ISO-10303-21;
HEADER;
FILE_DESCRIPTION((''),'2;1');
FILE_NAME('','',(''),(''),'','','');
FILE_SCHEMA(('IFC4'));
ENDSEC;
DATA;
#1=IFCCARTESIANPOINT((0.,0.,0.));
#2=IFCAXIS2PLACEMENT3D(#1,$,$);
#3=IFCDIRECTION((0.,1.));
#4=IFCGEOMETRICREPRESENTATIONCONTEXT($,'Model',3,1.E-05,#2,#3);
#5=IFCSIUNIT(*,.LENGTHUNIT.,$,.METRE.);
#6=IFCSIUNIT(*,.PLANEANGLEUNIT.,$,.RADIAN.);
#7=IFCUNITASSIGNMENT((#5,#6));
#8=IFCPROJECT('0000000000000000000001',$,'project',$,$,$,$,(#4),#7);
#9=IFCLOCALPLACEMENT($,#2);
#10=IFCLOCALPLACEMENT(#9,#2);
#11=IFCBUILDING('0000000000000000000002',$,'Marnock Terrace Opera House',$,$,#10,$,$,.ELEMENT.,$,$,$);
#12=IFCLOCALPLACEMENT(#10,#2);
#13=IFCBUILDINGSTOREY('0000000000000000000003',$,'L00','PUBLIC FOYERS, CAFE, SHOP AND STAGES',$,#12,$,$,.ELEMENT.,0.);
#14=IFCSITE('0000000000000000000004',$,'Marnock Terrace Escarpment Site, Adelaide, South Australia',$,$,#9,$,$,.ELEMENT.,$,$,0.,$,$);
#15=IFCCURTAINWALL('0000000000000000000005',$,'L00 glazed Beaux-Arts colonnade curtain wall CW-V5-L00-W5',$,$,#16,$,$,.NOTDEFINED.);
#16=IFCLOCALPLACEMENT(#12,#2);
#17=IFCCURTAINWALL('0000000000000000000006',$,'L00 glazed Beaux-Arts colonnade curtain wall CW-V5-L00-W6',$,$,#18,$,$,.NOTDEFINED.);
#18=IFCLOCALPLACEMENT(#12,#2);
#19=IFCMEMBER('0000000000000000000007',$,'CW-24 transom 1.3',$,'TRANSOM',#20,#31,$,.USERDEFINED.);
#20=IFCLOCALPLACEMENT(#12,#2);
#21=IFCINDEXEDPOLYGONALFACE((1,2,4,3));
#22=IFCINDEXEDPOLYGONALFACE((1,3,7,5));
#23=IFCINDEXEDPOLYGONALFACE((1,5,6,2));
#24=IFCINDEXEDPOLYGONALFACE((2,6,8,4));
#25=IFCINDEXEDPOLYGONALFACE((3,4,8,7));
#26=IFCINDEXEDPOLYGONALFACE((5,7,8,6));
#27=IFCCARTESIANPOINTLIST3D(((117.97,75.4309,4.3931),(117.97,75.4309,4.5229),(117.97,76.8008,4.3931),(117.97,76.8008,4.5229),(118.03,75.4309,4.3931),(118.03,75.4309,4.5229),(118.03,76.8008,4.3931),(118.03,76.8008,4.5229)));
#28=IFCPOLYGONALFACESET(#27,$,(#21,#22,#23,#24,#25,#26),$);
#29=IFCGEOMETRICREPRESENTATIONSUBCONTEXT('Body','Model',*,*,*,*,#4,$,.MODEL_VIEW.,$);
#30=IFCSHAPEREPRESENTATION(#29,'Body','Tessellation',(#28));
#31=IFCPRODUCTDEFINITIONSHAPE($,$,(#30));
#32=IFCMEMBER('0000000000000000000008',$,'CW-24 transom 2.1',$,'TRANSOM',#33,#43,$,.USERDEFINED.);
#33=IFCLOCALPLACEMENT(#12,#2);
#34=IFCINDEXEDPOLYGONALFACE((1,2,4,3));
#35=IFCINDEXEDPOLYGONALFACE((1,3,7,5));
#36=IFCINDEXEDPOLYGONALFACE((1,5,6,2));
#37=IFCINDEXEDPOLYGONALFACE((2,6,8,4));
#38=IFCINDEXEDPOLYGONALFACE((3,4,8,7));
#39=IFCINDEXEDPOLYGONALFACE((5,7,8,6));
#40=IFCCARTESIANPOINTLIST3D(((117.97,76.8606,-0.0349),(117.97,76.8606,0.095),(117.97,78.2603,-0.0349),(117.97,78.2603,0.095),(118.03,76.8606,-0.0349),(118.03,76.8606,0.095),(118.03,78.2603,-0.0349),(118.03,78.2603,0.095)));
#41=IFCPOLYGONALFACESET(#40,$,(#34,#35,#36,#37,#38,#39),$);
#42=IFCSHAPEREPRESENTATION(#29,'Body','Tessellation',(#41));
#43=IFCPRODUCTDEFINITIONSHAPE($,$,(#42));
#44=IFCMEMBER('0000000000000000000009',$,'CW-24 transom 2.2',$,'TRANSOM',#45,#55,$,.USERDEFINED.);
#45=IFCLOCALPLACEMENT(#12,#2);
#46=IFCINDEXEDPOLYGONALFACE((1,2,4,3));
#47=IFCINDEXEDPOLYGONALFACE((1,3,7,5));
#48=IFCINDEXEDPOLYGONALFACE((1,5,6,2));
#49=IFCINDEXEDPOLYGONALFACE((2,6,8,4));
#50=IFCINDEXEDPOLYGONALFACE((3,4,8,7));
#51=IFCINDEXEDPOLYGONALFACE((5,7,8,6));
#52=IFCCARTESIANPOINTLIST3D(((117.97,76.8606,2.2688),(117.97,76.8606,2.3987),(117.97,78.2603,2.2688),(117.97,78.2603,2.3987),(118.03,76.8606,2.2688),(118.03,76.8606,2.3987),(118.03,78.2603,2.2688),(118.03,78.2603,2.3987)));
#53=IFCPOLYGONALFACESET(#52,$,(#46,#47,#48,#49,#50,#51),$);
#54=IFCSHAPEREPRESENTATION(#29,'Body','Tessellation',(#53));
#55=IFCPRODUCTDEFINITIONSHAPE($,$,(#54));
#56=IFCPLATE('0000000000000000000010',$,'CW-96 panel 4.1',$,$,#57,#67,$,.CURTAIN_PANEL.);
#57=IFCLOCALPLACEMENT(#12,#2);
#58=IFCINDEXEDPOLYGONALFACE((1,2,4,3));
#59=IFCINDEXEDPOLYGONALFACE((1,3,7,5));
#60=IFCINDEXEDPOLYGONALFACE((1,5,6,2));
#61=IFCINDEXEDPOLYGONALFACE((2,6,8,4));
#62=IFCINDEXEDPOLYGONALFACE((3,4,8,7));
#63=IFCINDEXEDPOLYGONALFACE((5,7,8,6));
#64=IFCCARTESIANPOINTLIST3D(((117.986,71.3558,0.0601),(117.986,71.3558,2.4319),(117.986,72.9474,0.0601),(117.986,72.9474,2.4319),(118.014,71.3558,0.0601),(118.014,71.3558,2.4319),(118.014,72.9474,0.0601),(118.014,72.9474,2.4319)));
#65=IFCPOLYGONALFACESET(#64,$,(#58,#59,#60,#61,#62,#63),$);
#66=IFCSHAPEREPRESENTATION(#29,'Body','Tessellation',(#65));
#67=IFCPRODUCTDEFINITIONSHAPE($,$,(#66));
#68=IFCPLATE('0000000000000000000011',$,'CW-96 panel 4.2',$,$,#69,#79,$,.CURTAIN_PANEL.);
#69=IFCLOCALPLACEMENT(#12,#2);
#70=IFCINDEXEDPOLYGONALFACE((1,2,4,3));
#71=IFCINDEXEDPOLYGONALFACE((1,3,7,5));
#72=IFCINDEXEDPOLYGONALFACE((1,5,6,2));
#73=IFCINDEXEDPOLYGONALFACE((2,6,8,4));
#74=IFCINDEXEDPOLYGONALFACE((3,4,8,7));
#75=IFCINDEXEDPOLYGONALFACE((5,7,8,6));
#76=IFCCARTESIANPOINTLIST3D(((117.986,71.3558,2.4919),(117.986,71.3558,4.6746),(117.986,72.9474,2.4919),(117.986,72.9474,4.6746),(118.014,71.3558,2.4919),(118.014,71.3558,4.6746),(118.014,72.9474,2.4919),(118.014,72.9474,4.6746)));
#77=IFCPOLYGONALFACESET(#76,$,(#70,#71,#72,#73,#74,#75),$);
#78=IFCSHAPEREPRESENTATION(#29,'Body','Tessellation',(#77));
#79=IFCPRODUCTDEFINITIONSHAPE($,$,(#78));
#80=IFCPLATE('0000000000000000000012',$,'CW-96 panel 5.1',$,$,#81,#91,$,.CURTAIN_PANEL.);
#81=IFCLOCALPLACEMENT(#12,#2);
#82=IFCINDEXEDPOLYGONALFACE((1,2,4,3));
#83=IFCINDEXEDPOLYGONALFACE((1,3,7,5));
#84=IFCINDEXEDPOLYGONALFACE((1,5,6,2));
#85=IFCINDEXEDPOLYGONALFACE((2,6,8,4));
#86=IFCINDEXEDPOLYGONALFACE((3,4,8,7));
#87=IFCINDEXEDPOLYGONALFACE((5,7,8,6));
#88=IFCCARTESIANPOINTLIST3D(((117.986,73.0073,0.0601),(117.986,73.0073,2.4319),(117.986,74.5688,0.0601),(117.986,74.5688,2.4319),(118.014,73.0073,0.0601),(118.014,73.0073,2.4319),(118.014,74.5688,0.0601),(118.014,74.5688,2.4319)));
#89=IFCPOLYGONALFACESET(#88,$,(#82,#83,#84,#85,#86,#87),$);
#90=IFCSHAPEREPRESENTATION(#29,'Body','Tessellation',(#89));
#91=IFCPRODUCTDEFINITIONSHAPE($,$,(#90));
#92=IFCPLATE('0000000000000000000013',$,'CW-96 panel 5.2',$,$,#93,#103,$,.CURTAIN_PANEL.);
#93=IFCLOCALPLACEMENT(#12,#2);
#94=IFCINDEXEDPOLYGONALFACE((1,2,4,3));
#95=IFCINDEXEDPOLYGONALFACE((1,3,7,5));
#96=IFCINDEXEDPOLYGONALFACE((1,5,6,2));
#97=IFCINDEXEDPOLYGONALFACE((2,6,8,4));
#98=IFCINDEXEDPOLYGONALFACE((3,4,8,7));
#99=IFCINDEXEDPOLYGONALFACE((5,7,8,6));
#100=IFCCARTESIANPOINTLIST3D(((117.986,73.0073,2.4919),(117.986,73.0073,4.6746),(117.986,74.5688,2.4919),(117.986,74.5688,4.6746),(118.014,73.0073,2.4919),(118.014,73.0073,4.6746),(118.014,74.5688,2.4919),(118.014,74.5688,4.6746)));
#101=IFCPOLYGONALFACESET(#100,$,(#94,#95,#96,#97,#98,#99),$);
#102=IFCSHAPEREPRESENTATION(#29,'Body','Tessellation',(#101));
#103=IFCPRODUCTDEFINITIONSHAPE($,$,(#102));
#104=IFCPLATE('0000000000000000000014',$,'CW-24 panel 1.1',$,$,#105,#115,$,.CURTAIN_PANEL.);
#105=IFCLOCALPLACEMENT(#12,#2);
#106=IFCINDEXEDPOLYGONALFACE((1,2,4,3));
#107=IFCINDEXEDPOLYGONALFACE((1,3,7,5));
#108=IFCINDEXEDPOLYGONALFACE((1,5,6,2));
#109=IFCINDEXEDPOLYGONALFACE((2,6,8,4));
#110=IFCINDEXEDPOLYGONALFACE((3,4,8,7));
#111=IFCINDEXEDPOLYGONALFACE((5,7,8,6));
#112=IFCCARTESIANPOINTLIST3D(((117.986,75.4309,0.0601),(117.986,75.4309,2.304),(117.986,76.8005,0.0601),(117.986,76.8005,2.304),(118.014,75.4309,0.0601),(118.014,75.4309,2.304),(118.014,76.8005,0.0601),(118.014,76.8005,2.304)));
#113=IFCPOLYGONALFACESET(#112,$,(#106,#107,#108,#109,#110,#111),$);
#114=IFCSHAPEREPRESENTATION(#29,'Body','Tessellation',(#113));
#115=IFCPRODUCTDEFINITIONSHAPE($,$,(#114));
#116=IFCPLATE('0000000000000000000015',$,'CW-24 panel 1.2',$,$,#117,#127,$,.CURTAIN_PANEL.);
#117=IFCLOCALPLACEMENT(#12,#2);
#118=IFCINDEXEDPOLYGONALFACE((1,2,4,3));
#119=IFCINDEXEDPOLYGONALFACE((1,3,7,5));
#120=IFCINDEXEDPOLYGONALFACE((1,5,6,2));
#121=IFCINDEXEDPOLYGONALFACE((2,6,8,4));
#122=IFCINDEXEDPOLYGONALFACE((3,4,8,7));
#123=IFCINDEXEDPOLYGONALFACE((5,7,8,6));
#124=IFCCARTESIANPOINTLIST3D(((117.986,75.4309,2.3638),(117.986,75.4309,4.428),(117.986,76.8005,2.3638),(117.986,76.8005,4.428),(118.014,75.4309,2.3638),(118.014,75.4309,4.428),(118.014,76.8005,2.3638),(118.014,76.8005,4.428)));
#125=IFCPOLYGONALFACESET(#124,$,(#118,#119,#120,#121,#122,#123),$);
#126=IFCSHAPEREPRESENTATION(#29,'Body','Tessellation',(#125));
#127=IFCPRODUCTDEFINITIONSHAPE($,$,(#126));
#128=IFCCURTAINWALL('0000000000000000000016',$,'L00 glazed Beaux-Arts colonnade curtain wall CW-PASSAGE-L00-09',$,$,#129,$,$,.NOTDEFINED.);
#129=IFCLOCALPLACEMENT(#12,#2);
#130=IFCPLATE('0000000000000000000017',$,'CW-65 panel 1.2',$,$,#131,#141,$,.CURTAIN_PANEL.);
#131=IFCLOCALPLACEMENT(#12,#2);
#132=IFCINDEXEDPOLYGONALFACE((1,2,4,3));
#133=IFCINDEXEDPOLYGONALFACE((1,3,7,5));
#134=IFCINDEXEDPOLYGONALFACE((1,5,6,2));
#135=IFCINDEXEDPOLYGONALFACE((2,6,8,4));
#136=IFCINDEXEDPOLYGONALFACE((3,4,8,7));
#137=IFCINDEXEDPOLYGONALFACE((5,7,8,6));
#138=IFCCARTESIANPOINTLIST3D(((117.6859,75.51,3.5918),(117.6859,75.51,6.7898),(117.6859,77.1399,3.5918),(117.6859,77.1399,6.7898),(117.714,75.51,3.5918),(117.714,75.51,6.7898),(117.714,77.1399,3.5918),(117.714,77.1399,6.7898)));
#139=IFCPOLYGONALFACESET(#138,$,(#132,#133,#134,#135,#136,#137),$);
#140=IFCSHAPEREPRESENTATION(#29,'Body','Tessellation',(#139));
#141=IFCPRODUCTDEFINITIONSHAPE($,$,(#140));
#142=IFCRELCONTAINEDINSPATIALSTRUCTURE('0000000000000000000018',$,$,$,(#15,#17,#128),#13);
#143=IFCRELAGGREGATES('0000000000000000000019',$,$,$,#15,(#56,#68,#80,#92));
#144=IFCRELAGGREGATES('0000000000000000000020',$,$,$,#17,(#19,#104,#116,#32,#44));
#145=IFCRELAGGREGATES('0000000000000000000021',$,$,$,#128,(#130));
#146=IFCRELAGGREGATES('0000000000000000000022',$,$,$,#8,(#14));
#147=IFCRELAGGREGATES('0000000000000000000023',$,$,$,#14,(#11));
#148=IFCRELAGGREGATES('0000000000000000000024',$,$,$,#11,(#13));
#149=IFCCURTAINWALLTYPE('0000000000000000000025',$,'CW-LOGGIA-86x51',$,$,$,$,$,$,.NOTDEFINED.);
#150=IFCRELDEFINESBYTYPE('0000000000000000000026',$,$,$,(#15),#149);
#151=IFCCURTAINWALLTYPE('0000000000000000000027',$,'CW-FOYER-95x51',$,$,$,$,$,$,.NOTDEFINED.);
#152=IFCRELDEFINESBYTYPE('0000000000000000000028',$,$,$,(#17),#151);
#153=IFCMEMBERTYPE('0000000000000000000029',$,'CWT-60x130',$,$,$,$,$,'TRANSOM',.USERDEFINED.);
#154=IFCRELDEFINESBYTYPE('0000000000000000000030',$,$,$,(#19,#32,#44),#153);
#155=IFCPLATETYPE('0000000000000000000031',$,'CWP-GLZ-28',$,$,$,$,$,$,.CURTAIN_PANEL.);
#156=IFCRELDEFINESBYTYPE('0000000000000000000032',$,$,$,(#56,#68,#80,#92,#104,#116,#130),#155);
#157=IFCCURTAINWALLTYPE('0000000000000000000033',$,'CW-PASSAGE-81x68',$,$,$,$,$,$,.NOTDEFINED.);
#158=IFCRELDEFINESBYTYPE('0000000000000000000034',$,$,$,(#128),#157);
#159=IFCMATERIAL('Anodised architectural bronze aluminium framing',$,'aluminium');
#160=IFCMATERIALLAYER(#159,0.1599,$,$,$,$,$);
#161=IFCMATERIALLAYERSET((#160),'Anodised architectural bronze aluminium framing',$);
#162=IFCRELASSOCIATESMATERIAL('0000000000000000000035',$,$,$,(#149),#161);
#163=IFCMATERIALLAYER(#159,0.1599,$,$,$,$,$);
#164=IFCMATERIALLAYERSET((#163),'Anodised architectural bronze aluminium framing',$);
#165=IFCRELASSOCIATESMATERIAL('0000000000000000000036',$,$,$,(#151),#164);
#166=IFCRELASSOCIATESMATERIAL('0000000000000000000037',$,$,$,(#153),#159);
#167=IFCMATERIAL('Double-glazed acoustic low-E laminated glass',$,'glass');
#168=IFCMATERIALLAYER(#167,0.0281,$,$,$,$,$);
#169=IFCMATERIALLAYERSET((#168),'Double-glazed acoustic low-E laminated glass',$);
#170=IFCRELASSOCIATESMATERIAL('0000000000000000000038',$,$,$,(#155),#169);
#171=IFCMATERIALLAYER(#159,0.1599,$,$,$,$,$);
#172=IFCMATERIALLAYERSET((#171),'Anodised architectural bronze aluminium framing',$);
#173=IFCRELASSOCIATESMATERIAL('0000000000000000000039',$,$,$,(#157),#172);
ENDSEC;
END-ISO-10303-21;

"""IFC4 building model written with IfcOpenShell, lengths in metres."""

from ifc_helpers import new_model, si_unit, direction, frame, origin, origin_2d, place, context, subcontext, project, spatial, rectangle, extrude, material, layer, layer_set, material_profile, profile_set, type_object, element, aggregate, save


model = new_model("IFC4")

# Units and contexts
model_context = context("Model", 3, precision=1e-05, world=origin(), true_north=direction((0.0, 1.0)))
body_context = subcontext(model_context, "Body", "Model", "MODEL_VIEW")
ifc_project = project(units=[si_unit("LENGTHUNIT", "METRE"), si_unit("PLANEANGLEUNIT", "RADIAN")], contexts=[model_context])

# Site, building, storey
site_placement = place(None, origin())
site = spatial("IfcSite", under=ifc_project, at=site_placement, Name="Marnock Terrace Escarpment Site, Adelaide, South Australia", CompositionType="ELEMENT", RefElevation=0.0)
building_placement = place(site_placement, origin())
building = spatial("IfcBuilding", under=site, at=building_placement, Name="Marnock Terrace Opera House", CompositionType="ELEMENT")
storey_placement = place(building_placement, origin())
storey = spatial("IfcBuildingStorey", under=building, at=storey_placement, Name="L00", Description="PUBLIC FOYERS, CAFE, SHOP AND STAGES", CompositionType="ELEMENT", Elevation=0.0)

# Curtain walls
ifc_material_1 = material(Name="Anodised architectural bronze aluminium framing", Category="aluminium")
ifc_layer_1 = layer(ifc_material_1, 0.1599)
ifc_layer_set_1 = layer_set([ifc_layer_1], Name="Anodised architectural bronze aluminium framing")
curtain_wall_type_1 = type_object("IfcCurtainWallType", Name="CW-LOGGIA-86x51", PredefinedType="NOTDEFINED", material=ifc_layer_set_1)
curtain_wall_1_placement = place(storey_placement, origin())
curtain_wall_1 = element("IfcCurtainWall", 1, at=curtain_wall_1_placement, inside=storey, type_object=curtain_wall_type_1, Name="L00 glazed Beaux-Arts colonnade curtain wall CW-V5-L00-W5", PredefinedType="NOTDEFINED")
ifc_layer_2 = layer(ifc_material_1, 0.1599)
ifc_layer_set_2 = layer_set([ifc_layer_2], Name="Anodised architectural bronze aluminium framing")
curtain_wall_type_2 = type_object("IfcCurtainWallType", Name="CW-FOYER-95x51", PredefinedType="NOTDEFINED", material=ifc_layer_set_2)
curtain_wall_2_placement = place(storey_placement, origin())
curtain_wall_2 = element("IfcCurtainWall", 2, at=curtain_wall_2_placement, inside=storey, type_object=curtain_wall_type_2, Name="L00 glazed Beaux-Arts colonnade curtain wall CW-V5-L00-W6", PredefinedType="NOTDEFINED")

# Members
ifc_material_profile_1 = material_profile(ifc_material_1, rectangle(XDim=0.0601, YDim=0.1299, at=origin_2d()))
ifc_profile_set_1 = profile_set([ifc_material_profile_1], Name="Anodised architectural bronze aluminium framing")
member_type_1 = type_object("IfcMemberType", Name="CWT-60x130", ElementType="TRANSOM", PredefinedType="USERDEFINED", material=ifc_profile_set_1)
member_1_placement = place(storey_placement, frame((118.0, 75.4309, 4.458), z_axis=(0.0, 1.0, 0.0), x_axis=(-1.0, 0.0, 0.0)))
member_1 = element("IfcMember", 3, at=member_1_placement, type_object=member_type_1, Name="CW-24 transom 1.3", ObjectType="TRANSOM", PredefinedType="USERDEFINED", context=body_context, shape_type="SweptSolid", body=[
    extrude(rectangle(XDim=0.0601, YDim=0.1299, at=origin_2d()), origin(), (0.0, 0.0, 1.0), 1.3699),
])
member_2_placement = place(storey_placement, frame((118.0, 76.8606, 0.03), z_axis=(0.0, 1.0, 0.0), x_axis=(-1.0, 0.0, 0.0)))
member_2 = element("IfcMember", 4, at=member_2_placement, type_object=member_type_1, Name="CW-24 transom 2.1", ObjectType="TRANSOM", PredefinedType="USERDEFINED", context=body_context, shape_type="SweptSolid", body=[
    extrude(rectangle(XDim=0.0601, YDim=0.1299, at=origin_2d()), origin(), (0.0, 0.0, 1.0), 1.3997),
])
member_3_placement = place(storey_placement, frame((118.0, 76.8606, 2.3337), z_axis=(0.0, 1.0, 0.0), x_axis=(-1.0, 0.0, 0.0)))
member_3 = element("IfcMember", 5, at=member_3_placement, type_object=member_type_1, Name="CW-24 transom 2.2", ObjectType="TRANSOM", PredefinedType="USERDEFINED", context=body_context, shape_type="SweptSolid", body=[
    extrude(rectangle(XDim=0.0601, YDim=0.1299, at=origin_2d()), origin(), (0.0, 0.0, 1.0), 1.3997),
])

# Plates
ifc_material_2 = material(Name="Double-glazed acoustic low-E laminated glass", Category="glass")
ifc_layer_3 = layer(ifc_material_2, 0.0281)
ifc_layer_set_3 = layer_set([ifc_layer_3], Name="Double-glazed acoustic low-E laminated glass")
plate_type = type_object("IfcPlateType", Name="CWP-GLZ-28", PredefinedType="CURTAIN_PANEL", material=ifc_layer_set_3)
plate_1_placement = place(storey_placement, frame((118.0, 72.1516, 0.0601), z_axis=(0.0, 0.0, 1.0), x_axis=(0.0, 1.0, 0.0)))
plate_1 = element("IfcPlate", 6, at=plate_1_placement, type_object=plate_type, Name="CW-96 panel 4.1", PredefinedType="CURTAIN_PANEL", context=body_context, shape_type="SweptSolid", body=[
    extrude(rectangle(XDim=1.5916, YDim=0.0281, at=origin_2d()), origin(), (0.0, 0.0, 1.0), 2.3718),
])
plate_2_placement = place(storey_placement, frame((118.0, 72.1516, 2.4919), z_axis=(0.0, 0.0, 1.0), x_axis=(0.0, 1.0, 0.0)))
plate_2 = element("IfcPlate", 7, at=plate_2_placement, type_object=plate_type, Name="CW-96 panel 4.2", PredefinedType="CURTAIN_PANEL", context=body_context, shape_type="SweptSolid", body=[
    extrude(rectangle(XDim=1.5916, YDim=0.0281, at=origin_2d()), origin(), (0.0, 0.0, 1.0), 2.1826),
])
plate_3_placement = place(storey_placement, frame((118.0, 73.7881, 0.0601), z_axis=(0.0, 0.0, 1.0), x_axis=(0.0, 1.0, 0.0)))
plate_3 = element("IfcPlate", 8, at=plate_3_placement, type_object=plate_type, Name="CW-96 panel 5.1", PredefinedType="CURTAIN_PANEL", context=body_context, shape_type="SweptSolid", body=[
    extrude(rectangle(XDim=1.5615, YDim=0.0281, at=origin_2d()), origin(), (0.0, 0.0, 1.0), 2.3718),
])
plate_4_placement = place(storey_placement, frame((118.0, 73.7881, 2.4919), z_axis=(0.0, 0.0, 1.0), x_axis=(0.0, 1.0, 0.0)))
plate_4 = element("IfcPlate", 9, at=plate_4_placement, type_object=plate_type, Name="CW-96 panel 5.2", PredefinedType="CURTAIN_PANEL", context=body_context, shape_type="SweptSolid", body=[
    extrude(rectangle(XDim=1.5615, YDim=0.0281, at=origin_2d()), origin(), (0.0, 0.0, 1.0), 2.1826),
])
aggregate(curtain_wall_1, [plate_1, plate_2, plate_3, plate_4])
plate_5_placement = place(storey_placement, frame((118.0, 76.1157, 0.0601), z_axis=(0.0, 0.0, 1.0), x_axis=(0.0, 1.0, 0.0)))
plate_5 = element("IfcPlate", 10, at=plate_5_placement, type_object=plate_type, Name="CW-24 panel 1.1", PredefinedType="CURTAIN_PANEL", context=body_context, shape_type="SweptSolid", body=[
    extrude(rectangle(XDim=1.3696, YDim=0.0281, at=origin_2d()), origin(), (0.0, 0.0, 1.0), 2.2439),
])
plate_6_placement = place(storey_placement, frame((118.0, 76.1157, 2.3638), z_axis=(0.0, 0.0, 1.0), x_axis=(0.0, 1.0, 0.0)))
plate_6 = element("IfcPlate", 11, at=plate_6_placement, type_object=plate_type, Name="CW-24 panel 1.2", PredefinedType="CURTAIN_PANEL", context=body_context, shape_type="SweptSolid", body=[
    extrude(rectangle(XDim=1.3696, YDim=0.0281, at=origin_2d()), origin(), (0.0, 0.0, 1.0), 2.0642),
])
aggregate(curtain_wall_2, [member_1, plate_5, plate_6, member_2, member_3])

# Curtain wall, plate
ifc_layer_4 = layer(ifc_material_1, 0.1599)
ifc_layer_set_4 = layer_set([ifc_layer_4], Name="Anodised architectural bronze aluminium framing")
curtain_wall_type_3 = type_object("IfcCurtainWallType", Name="CW-PASSAGE-81x68", PredefinedType="NOTDEFINED", material=ifc_layer_set_4)
curtain_wall_3_placement = place(storey_placement, origin())
curtain_wall_3 = element("IfcCurtainWall", 12, at=curtain_wall_3_placement, inside=storey, type_object=curtain_wall_type_3, Name="L00 glazed Beaux-Arts colonnade curtain wall CW-PASSAGE-L00-09", PredefinedType="NOTDEFINED")
plate_7_placement = place(storey_placement, frame((117.7, 76.325, 3.5918), z_axis=(0.0, 0.0, 1.0), x_axis=(0.0, 1.0, 0.0)))
plate_7 = element("IfcPlate", 13, at=plate_7_placement, type_object=plate_type, Name="CW-65 panel 1.2", PredefinedType="CURTAIN_PANEL", context=body_context, shape_type="SweptSolid", body=[
    extrude(rectangle(XDim=1.6299, YDim=0.0281, at=origin_2d()), origin(), (0.0, 0.0, 1.0), 3.198),
])
aggregate(curtain_wall_3, [plate_7])

save(model, "model.ifc")
